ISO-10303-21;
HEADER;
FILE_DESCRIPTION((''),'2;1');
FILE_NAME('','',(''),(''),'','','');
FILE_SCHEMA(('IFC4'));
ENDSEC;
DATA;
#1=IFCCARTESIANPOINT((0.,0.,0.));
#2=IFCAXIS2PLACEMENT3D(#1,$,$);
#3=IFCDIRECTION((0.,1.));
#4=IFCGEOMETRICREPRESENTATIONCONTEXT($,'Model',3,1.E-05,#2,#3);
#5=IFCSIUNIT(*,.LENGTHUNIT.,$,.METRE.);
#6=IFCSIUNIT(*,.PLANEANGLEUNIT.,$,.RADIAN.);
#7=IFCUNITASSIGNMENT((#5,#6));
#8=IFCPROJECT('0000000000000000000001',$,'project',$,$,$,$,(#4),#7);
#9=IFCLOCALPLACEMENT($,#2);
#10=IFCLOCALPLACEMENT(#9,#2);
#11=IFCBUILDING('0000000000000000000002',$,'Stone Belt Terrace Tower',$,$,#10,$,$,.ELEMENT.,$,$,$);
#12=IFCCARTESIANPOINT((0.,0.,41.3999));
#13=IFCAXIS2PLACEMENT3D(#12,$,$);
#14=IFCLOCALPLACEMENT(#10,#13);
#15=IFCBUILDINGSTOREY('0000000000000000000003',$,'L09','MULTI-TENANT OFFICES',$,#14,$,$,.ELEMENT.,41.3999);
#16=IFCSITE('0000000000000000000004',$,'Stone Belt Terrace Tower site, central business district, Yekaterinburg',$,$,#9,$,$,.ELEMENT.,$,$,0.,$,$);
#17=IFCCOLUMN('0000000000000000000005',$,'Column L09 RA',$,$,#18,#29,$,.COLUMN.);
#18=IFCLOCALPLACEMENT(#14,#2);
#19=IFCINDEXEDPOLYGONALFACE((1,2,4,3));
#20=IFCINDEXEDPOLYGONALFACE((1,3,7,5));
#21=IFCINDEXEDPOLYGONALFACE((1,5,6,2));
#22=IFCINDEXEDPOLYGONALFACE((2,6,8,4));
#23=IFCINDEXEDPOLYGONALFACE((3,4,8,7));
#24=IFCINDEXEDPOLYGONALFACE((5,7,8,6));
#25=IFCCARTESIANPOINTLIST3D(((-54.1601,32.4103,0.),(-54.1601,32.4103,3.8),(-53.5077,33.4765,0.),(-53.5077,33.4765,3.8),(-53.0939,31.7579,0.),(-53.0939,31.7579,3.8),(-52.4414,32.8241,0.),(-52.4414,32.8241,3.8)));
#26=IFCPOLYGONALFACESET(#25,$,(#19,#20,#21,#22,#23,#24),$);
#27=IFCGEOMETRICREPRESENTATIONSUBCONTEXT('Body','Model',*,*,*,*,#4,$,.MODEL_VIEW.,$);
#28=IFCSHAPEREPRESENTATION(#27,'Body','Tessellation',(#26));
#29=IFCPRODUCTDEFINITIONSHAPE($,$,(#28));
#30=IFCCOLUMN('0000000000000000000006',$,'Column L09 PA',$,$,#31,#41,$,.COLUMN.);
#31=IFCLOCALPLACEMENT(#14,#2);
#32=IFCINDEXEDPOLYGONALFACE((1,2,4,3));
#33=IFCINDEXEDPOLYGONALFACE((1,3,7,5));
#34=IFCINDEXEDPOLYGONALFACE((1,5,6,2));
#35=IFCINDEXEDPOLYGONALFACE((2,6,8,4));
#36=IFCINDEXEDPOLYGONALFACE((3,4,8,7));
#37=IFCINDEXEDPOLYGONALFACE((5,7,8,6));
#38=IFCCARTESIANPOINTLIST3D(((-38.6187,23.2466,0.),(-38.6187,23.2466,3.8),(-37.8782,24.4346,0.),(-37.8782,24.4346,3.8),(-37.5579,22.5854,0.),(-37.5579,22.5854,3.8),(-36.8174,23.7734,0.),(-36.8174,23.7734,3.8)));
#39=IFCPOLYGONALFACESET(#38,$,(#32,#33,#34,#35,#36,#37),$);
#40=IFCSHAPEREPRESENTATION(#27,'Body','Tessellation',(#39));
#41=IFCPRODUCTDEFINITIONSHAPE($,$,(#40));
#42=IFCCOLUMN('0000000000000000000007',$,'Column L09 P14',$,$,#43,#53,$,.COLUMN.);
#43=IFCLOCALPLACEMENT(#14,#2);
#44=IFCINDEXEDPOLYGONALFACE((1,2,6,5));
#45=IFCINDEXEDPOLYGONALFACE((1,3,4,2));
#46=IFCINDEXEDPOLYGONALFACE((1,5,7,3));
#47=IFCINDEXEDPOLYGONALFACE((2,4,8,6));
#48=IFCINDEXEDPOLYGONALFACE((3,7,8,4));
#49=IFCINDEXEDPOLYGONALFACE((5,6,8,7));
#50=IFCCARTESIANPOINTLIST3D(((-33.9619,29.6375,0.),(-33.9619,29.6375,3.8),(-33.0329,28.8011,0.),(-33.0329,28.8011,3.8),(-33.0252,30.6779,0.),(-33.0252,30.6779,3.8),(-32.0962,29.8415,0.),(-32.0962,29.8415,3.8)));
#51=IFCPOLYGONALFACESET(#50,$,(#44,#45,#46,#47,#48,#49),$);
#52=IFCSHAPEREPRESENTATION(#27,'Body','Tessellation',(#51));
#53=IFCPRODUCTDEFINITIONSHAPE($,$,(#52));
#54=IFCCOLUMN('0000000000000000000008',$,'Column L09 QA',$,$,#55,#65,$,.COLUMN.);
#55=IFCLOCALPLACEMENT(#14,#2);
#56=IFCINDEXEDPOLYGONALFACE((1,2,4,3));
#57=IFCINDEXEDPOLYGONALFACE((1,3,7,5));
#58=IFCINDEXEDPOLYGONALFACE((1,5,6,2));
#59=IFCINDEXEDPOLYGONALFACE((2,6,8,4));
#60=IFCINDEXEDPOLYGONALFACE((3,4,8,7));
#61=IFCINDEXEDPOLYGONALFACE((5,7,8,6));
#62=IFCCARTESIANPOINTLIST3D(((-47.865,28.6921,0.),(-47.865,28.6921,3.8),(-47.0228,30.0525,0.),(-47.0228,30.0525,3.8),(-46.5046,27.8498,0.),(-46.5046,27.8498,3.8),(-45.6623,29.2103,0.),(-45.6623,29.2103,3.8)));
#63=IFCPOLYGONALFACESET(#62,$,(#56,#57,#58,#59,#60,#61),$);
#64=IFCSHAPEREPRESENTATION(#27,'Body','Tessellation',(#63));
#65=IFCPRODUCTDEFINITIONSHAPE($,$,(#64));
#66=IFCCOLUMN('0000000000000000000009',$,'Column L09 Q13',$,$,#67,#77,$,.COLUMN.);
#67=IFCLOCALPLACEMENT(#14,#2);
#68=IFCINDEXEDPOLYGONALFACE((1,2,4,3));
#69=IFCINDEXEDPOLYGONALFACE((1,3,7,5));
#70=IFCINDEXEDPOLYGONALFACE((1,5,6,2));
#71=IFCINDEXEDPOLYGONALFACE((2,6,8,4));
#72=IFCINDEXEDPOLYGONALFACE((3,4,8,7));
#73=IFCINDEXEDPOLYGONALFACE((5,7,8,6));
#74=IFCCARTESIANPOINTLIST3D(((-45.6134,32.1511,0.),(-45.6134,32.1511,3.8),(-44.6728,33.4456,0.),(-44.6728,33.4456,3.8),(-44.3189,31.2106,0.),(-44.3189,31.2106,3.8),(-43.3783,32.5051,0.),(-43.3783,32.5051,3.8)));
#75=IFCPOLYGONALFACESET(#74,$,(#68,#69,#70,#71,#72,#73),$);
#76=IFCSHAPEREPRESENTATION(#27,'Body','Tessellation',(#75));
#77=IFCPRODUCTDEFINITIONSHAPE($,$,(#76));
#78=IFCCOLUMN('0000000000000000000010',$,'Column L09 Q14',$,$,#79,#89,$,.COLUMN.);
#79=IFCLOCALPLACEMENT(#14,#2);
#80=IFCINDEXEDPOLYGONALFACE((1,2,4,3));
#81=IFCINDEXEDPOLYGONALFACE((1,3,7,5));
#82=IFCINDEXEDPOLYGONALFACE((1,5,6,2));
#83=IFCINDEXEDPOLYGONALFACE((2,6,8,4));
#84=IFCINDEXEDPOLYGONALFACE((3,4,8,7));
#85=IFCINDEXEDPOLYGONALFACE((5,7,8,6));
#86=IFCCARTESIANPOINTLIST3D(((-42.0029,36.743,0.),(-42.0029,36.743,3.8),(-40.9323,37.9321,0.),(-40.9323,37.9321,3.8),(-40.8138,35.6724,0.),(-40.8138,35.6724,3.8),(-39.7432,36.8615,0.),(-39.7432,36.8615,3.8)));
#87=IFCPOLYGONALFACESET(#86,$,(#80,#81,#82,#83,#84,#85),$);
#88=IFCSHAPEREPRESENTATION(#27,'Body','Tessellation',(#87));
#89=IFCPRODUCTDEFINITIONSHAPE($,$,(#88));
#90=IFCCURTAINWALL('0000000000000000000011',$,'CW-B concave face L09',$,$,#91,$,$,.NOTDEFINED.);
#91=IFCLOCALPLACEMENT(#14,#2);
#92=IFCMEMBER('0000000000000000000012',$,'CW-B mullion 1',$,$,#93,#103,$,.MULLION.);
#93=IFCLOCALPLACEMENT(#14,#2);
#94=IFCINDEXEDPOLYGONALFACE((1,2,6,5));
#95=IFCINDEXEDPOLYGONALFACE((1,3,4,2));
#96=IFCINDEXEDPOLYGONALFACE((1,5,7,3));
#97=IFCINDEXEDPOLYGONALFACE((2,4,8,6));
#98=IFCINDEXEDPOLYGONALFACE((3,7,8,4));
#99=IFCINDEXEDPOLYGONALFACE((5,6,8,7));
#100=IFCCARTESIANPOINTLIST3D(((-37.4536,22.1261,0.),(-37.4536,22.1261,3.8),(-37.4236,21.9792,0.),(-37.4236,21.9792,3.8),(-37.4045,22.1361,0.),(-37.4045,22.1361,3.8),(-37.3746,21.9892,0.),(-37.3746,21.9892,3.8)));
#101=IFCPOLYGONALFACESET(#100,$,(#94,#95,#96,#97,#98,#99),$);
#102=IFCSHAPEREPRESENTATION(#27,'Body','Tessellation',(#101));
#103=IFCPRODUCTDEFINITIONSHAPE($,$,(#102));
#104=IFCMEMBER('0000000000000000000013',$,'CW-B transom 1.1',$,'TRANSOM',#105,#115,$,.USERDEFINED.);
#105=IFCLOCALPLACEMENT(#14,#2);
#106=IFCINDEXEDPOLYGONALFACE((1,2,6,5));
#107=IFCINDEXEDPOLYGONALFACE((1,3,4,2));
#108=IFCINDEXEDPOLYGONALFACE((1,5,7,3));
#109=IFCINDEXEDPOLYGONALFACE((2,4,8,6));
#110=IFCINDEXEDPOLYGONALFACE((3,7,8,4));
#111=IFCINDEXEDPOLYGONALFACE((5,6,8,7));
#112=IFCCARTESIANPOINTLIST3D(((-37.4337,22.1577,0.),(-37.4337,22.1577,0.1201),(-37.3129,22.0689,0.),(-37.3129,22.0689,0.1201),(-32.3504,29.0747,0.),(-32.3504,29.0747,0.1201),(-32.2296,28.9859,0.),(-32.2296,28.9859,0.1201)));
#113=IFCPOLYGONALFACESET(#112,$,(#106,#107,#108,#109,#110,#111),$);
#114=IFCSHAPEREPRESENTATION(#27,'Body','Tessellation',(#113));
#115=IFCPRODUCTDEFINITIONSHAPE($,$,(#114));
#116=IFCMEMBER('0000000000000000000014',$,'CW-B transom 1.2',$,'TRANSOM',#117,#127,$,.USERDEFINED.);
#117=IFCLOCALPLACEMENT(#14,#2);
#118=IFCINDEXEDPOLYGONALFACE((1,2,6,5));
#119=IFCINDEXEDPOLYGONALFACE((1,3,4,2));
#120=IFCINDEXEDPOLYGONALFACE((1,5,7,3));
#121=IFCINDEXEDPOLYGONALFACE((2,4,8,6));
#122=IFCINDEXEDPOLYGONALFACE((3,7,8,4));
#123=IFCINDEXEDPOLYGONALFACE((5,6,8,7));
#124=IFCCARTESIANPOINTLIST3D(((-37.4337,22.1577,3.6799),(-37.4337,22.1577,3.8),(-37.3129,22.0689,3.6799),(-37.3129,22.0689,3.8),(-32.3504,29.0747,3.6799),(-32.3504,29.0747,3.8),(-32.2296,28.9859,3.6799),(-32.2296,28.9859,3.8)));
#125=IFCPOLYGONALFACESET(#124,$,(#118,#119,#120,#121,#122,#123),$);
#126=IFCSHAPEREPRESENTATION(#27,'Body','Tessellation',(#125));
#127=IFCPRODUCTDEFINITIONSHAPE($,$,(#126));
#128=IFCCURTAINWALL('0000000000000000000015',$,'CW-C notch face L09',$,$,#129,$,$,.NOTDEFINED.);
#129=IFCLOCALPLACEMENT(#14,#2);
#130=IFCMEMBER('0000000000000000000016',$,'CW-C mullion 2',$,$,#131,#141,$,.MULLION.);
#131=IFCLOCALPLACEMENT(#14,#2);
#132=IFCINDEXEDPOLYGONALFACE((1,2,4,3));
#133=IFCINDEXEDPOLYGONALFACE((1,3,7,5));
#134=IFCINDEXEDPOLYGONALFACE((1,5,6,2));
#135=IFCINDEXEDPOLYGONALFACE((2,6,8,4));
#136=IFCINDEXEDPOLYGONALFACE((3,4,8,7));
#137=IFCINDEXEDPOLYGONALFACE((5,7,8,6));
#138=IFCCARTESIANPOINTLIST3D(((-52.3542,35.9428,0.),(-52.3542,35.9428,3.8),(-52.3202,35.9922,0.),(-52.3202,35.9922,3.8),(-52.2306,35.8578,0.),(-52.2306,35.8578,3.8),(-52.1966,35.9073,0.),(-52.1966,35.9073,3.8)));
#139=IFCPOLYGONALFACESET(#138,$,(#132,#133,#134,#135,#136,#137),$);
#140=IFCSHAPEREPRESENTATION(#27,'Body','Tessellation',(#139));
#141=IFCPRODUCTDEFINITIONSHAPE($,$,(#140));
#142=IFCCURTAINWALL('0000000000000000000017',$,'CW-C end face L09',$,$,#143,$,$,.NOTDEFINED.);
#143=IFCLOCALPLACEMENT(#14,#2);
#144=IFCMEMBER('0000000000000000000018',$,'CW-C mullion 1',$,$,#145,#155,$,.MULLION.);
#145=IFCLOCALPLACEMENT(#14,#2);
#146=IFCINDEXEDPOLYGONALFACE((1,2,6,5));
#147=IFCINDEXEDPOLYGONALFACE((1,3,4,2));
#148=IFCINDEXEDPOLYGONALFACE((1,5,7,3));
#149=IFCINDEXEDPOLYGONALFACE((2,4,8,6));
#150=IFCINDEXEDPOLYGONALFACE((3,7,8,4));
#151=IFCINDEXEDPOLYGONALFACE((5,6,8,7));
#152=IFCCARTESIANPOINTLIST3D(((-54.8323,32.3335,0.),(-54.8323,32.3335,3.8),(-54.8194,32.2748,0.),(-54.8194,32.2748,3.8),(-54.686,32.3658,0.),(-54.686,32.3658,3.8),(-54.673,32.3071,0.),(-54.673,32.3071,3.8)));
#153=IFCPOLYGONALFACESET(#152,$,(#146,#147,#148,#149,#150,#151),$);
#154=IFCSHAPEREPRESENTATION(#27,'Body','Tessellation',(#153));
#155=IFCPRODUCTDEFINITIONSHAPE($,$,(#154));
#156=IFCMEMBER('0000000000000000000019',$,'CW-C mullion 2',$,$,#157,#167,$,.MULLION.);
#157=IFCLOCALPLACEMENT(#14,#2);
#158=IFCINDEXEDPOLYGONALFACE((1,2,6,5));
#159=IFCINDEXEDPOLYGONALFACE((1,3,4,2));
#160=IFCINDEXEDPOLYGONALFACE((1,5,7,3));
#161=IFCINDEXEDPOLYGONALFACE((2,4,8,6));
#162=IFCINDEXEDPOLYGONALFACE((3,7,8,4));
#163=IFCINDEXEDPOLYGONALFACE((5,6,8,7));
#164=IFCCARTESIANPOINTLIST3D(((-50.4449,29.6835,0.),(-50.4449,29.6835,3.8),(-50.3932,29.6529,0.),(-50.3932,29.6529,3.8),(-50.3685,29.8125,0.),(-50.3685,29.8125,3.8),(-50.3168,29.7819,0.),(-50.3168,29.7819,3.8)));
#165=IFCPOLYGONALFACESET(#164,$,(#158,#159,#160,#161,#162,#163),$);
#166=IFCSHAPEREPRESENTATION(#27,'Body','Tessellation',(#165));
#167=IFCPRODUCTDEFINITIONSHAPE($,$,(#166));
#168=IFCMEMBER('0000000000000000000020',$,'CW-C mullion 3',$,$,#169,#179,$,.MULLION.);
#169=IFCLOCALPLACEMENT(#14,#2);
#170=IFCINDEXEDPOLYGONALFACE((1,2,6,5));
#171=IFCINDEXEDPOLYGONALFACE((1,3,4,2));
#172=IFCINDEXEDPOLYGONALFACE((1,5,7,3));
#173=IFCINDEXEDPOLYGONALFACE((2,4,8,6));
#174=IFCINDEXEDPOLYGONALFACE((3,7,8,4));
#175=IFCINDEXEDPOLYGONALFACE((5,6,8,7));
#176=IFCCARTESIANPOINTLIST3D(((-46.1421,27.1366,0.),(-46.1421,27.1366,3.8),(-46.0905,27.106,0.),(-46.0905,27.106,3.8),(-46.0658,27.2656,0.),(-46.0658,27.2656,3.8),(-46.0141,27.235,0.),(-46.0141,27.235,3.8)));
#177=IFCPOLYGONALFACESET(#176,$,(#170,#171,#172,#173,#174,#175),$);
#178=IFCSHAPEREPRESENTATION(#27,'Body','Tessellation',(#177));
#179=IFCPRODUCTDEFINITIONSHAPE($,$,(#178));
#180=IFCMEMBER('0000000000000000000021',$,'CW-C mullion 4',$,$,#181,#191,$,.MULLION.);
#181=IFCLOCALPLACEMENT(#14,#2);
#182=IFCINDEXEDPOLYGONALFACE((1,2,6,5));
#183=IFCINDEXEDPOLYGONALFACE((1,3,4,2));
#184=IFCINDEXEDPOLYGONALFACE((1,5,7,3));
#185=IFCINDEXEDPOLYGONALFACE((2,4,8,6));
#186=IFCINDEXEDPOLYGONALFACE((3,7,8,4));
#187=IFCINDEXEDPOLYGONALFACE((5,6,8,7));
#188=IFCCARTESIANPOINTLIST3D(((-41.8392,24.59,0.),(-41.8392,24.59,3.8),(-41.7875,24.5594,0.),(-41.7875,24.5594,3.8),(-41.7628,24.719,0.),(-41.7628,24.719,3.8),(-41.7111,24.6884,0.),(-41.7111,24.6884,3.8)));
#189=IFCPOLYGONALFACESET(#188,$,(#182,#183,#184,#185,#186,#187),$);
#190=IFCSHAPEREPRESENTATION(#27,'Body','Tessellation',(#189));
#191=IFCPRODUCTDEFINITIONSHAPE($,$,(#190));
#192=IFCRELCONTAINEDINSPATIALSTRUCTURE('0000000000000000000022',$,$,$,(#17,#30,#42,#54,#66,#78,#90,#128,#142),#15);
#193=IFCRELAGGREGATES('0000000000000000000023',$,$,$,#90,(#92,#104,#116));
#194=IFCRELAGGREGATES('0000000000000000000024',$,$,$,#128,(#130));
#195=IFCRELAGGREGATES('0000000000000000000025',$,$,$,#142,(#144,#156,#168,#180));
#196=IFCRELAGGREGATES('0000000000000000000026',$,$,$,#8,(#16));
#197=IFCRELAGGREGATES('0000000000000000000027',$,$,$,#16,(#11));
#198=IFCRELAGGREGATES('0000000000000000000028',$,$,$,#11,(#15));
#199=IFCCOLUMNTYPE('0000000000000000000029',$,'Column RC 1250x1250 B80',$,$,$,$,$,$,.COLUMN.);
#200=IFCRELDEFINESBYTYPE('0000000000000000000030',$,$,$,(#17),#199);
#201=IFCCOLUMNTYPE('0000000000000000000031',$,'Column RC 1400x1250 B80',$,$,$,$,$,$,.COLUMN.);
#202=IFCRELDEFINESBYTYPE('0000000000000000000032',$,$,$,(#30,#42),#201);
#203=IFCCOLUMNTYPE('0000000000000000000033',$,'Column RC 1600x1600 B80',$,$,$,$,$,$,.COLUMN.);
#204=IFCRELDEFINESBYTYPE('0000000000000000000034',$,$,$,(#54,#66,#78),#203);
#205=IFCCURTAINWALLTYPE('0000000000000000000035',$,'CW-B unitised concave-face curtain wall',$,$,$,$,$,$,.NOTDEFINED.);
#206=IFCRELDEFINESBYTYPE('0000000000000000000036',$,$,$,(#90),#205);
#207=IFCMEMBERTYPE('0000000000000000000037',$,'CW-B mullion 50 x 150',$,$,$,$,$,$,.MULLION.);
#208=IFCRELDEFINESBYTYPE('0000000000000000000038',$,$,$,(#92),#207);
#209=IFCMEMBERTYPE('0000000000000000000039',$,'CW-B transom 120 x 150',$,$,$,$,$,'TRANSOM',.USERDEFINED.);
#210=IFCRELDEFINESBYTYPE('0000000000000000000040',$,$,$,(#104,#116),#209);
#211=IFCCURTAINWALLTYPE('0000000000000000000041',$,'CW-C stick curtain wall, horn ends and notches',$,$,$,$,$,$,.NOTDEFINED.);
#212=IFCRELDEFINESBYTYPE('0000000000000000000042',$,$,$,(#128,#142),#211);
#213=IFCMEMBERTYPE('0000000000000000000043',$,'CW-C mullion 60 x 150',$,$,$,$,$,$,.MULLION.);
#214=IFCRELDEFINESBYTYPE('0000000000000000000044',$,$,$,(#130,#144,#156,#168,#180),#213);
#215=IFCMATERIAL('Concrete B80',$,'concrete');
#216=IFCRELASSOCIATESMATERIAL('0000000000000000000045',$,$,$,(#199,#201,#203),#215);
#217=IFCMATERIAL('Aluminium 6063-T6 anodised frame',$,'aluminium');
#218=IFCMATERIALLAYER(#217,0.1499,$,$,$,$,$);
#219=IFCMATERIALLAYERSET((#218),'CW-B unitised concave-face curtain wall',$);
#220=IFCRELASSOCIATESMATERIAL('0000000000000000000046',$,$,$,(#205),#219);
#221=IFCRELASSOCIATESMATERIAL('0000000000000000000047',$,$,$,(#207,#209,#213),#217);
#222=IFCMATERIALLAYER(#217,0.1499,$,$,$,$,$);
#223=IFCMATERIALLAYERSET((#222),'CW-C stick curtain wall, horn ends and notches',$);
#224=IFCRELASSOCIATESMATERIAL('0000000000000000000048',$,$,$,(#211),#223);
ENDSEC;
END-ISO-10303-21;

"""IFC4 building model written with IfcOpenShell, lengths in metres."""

from ifc_helpers import new_model, si_unit, direction, frame, origin, origin_2d, place, context, subcontext, project, spatial, rectangle, extrude, material, layer, layer_set, material_profile, profile_set, type_object, element, aggregate, save


model = new_model("IFC4")

# Units and contexts
model_context = context("Model", 3, precision=1e-05, world=origin(), true_north=direction((0.0, 1.0)))
body_context = subcontext(model_context, "Body", "Model", "MODEL_VIEW")
ifc_project = project(units=[si_unit("LENGTHUNIT", "METRE"), si_unit("PLANEANGLEUNIT", "RADIAN")], contexts=[model_context])

# Site, building, storey
site_placement = place(None, origin())
site = spatial("IfcSite", under=ifc_project, at=site_placement, Name="Stone Belt Terrace Tower site, central business district, Yekaterinburg", CompositionType="ELEMENT", RefElevation=0.0)
building_placement = place(site_placement, origin())
building = spatial("IfcBuilding", under=site, at=building_placement, Name="Stone Belt Terrace Tower", CompositionType="ELEMENT")
storey_placement = place(building_placement, frame((0.0, 0.0, 41.3999)))
storey = spatial("IfcBuildingStorey", under=building, at=storey_placement, Name="L09", Description="MULTI-TENANT OFFICES", CompositionType="ELEMENT", Elevation=41.3999)

# Columns
ifc_material_1 = material(Name="Concrete B80", Category="concrete")
ifc_material_profile_1 = material_profile(ifc_material_1, rectangle(XDim=1.25, YDim=1.25, at=origin_2d()), Name="RC 1250x1250")
ifc_profile_set_1 = profile_set([ifc_material_profile_1], Name="Concrete B80")
column_type_1 = type_object("IfcColumnType", Name="Column RC 1250x1250 B80", PredefinedType="COLUMN", material=ifc_profile_set_1)
column_placement = place(storey_placement, frame((-53.3008, 32.6172, 0.0), z_axis=(0.0, 0.0, 1.0), x_axis=(0.521967, 0.852966, 0.0)))
element("IfcColumn", 1, at=column_placement, inside=storey, type_object=column_type_1, Name="Column L09 RA", PredefinedType="COLUMN", context=body_context, shape_type="SweptSolid", body=[
    extrude(rectangle(XDim=1.25, YDim=1.25, at=origin_2d()), origin(), (0.0, 0.0, 1.0), 3.8),
])
ifc_material_profile_2 = material_profile(ifc_material_1, rectangle(XDim=1.3999, YDim=1.25, at=origin_2d()), Name="RC 1400x1250")
ifc_profile_set_2 = profile_set([ifc_material_profile_2], Name="Concrete B80")
column_type_2 = type_object("IfcColumnType", Name="Column RC 1400x1250 B80", PredefinedType="COLUMN", material=ifc_profile_set_2)
for number, where, z_axis, x_axis, name in (
    (2, (-37.718, 23.51, 0.0), (0.0, 0.0, 1.0), (0.528967, 0.848642, 0.0), "Column L09 PA"),
    (3, (-33.0291, 29.7395, 0.0), (0.0, 0.0, 1.0), (0.669131, 0.743145, 0.0), "Column L09 P14"),
):
    element("IfcColumn", number, at=place(storey_placement, frame(where, z_axis=z_axis, x_axis=x_axis)), inside=storey, type_object=column_type_2, Name=name, PredefinedType="COLUMN", context=body_context, shape_type="SweptSolid", body=[
        extrude(rectangle(XDim=1.3999, YDim=1.25, at=origin_2d()), origin(), (0.0, 0.0, 1.0), 3.8),
    ])
ifc_material_profile_3 = material_profile(ifc_material_1, rectangle(XDim=1.6001, YDim=1.6001, at=origin_2d()), Name="RC 1600x1600")
ifc_profile_set_3 = profile_set([ifc_material_profile_3], Name="Concrete B80")
column_type_3 = type_object("IfcColumnType", Name="Column RC 1600x1600 B80", PredefinedType="COLUMN", material=ifc_profile_set_3)
for number, where, z_axis, x_axis, name in (
    (4, (-46.7637, 28.9512, 0.0), (0.0, 0.0, 1.0), (0.526383, 0.850248, 0.0), "Column L09 QA"),
    (5, (-44.4958, 32.3281, 0.0), (0.0, 0.0, 1.0), (0.587785, 0.809017, 0.0), "Column L09 Q13"),
    (6, (-40.873, 36.8022, 0.0), (0.0, 0.0, 1.0), (0.669131, 0.743145, 0.0), "Column L09 Q14"),
):
    element("IfcColumn", number, at=place(storey_placement, frame(where, z_axis=z_axis, x_axis=x_axis)), inside=storey, type_object=column_type_3, Name=name, PredefinedType="COLUMN", context=body_context, shape_type="SweptSolid", body=[
        extrude(rectangle(XDim=1.6001, YDim=1.6001, at=origin_2d()), origin(), (0.0, 0.0, 1.0), 3.8),
    ])

# Curtain wall, members
ifc_material_2 = material(Name="Aluminium 6063-T6 anodised frame", Category="aluminium")
ifc_layer_1 = layer(ifc_material_2, 0.1499)
ifc_layer_set_1 = layer_set([ifc_layer_1], Name="CW-B unitised concave-face curtain wall")
curtain_wall_type_1 = type_object("IfcCurtainWallType", Name="CW-B unitised concave-face curtain wall", PredefinedType="NOTDEFINED", material=ifc_layer_set_1)
curtain_wall_1_placement = place(storey_placement, origin())
curtain_wall_1 = element("IfcCurtainWall", 7, at=curtain_wall_1_placement, inside=storey, type_object=curtain_wall_type_1, Name="CW-B concave face L09", PredefinedType="NOTDEFINED")
ifc_material_profile_4 = material_profile(ifc_material_2, rectangle(XDim=0.1499, YDim=0.05, at=origin_2d()), Name="Aluminium 6063-T6 50x150")
ifc_profile_set_4 = profile_set([ifc_material_profile_4], Name="Aluminium 6063-T6 anodised frame")
member_type_1 = type_object("IfcMemberType", Name="CW-B mullion 50 x 150", PredefinedType="MULLION", material=ifc_profile_set_4)
member_1_placement = place(storey_placement, frame((-37.4141, 22.0576, 0.0), z_axis=(0.0, 0.0, 1.0), x_axis=(-0.199957, 0.979805, 0.0)))
member_1 = element("IfcMember", 8, at=member_1_placement, type_object=member_type_1, Name="CW-B mullion 1", PredefinedType="MULLION", context=body_context, shape_type="SweptSolid", body=[
    extrude(rectangle(XDim=0.1499, YDim=0.05, at=origin_2d()), origin(), (0.0, 0.0, 1.0), 3.8),
])
ifc_material_profile_5 = material_profile(ifc_material_2, rectangle(XDim=0.1499, YDim=0.1201, at=origin_2d()), Name="Aluminium 6063-T6 150x120")
ifc_profile_set_5 = profile_set([ifc_material_profile_5], Name="Aluminium 6063-T6 anodised frame")
member_type_2 = type_object("IfcMemberType", Name="CW-B transom 120 x 150", ElementType="TRANSOM", PredefinedType="USERDEFINED", material=ifc_profile_set_5)
member_2_placement = place(storey_placement, frame((-37.3733, 22.1133, 0.0601), z_axis=(0.592181, 0.805805, 0.0), x_axis=(-0.805805, 0.592181, 0.0)))
member_2 = element("IfcMember", 9, at=member_2_placement, type_object=member_type_2, Name="CW-B transom 1.1", ObjectType="TRANSOM", PredefinedType="USERDEFINED", context=body_context, shape_type="SweptSolid", body=[
    extrude(rectangle(XDim=0.1499, YDim=0.1201, at=origin_2d()), origin(), (0.0, 0.0, 1.0), 8.584),
])
member_3_placement = place(storey_placement, frame((-37.3733, 22.1133, 3.74), z_axis=(0.592181, 0.805805, 0.0), x_axis=(-0.805805, 0.592181, 0.0)))
member_3 = element("IfcMember", 10, at=member_3_placement, type_object=member_type_2, Name="CW-B transom 1.2", ObjectType="TRANSOM", PredefinedType="USERDEFINED", context=body_context, shape_type="SweptSolid", body=[
    extrude(rectangle(XDim=0.1499, YDim=0.1201, at=origin_2d()), origin(), (0.0, 0.0, 1.0), 8.584),
])

# Curtain wall, member
ifc_layer_2 = layer(ifc_material_2, 0.1499)
ifc_layer_set_2 = layer_set([ifc_layer_2], Name="CW-C stick curtain wall, horn ends and notches")
curtain_wall_type_2 = type_object("IfcCurtainWallType", Name="CW-C stick curtain wall, horn ends and notches", PredefinedType="NOTDEFINED", material=ifc_layer_set_2)
curtain_wall_2_placement = place(storey_placement, origin())
curtain_wall_2 = element("IfcCurtainWall", 11, at=curtain_wall_2_placement, inside=storey, type_object=curtain_wall_type_2, Name="CW-C notch face L09", PredefinedType="NOTDEFINED")
ifc_material_profile_6 = material_profile(ifc_material_2, rectangle(XDim=0.1499, YDim=0.0601, at=origin_2d()), Name="Aluminium 6063-T6 60x150")
ifc_profile_set_6 = profile_set([ifc_material_profile_6], Name="Aluminium 6063-T6 anodised frame")
member_type_3 = type_object("IfcMemberType", Name="CW-C mullion 60 x 150", PredefinedType="MULLION", material=ifc_profile_set_6)
member_4_placement = place(storey_placement, frame((-52.2754, 35.925, 0.0), z_axis=(0.0, 0.0, 1.0), x_axis=(0.824147, -0.566376, 0.0)))
member_4 = element("IfcMember", 12, at=member_4_placement, type_object=member_type_3, Name="CW-C mullion 2", PredefinedType="MULLION", context=body_context, shape_type="SweptSolid", body=[
    extrude(rectangle(XDim=0.1499, YDim=0.0601, at=origin_2d()), origin(), (0.0, 0.0, 1.0), 3.8),
])

# Curtain wall, members
curtain_wall_3_placement = place(storey_placement, origin())
curtain_wall_3 = element("IfcCurtainWall", 13, at=curtain_wall_3_placement, inside=storey, type_object=curtain_wall_type_2, Name="CW-C end face L09", PredefinedType="NOTDEFINED")
member_5_placement = place(storey_placement, frame((-54.7527, 32.3203, 0.0), z_axis=(0.0, 0.0, 1.0), x_axis=(0.97652, 0.215429, 0.0)))
member_5 = element("IfcMember", 14, at=member_5_placement, type_object=member_type_3, Name="CW-C mullion 1", PredefinedType="MULLION", context=body_context, shape_type="SweptSolid", body=[
    extrude(rectangle(XDim=0.1499, YDim=0.0601, at=origin_2d()), origin(), (0.0, 0.0, 1.0), 3.8),
])
member_6_placement = place(storey_placement, frame((-50.3809, 29.7327, 0.0), z_axis=(0.0, 0.0, 1.0), x_axis=(0.509353, 0.860558, 0.0)))
member_6 = element("IfcMember", 15, at=member_6_placement, type_object=member_type_3, Name="CW-C mullion 2", PredefinedType="MULLION", context=body_context, shape_type="SweptSolid", body=[
    extrude(rectangle(XDim=0.1499, YDim=0.0601, at=origin_2d()), origin(), (0.0, 0.0, 1.0), 3.8),
])
member_7_placement = place(storey_placement, frame((-46.0781, 27.1858, 0.0), z_axis=(0.0, 0.0, 1.0), x_axis=(0.509353, 0.860558, 0.0)))
member_7 = element("IfcMember", 16, at=member_7_placement, type_object=member_type_3, Name="CW-C mullion 3", PredefinedType="MULLION", context=body_context, shape_type="SweptSolid", body=[
    extrude(rectangle(XDim=0.1499, YDim=0.0601, at=origin_2d()), origin(), (0.0, 0.0, 1.0), 3.8),
])
member_8_placement = place(storey_placement, frame((-41.7751, 24.6392, 0.0), z_axis=(0.0, 0.0, 1.0), x_axis=(0.509353, 0.860558, 0.0)))
member_8 = element("IfcMember", 17, at=member_8_placement, type_object=member_type_3, Name="CW-C mullion 4", PredefinedType="MULLION", context=body_context, shape_type="SweptSolid", body=[
    extrude(rectangle(XDim=0.1499, YDim=0.0601, at=origin_2d()), origin(), (0.0, 0.0, 1.0), 3.8),
])

aggregate(curtain_wall_1, [member_1, member_2, member_3])
aggregate(curtain_wall_2, [member_4])
aggregate(curtain_wall_3, [member_5, member_6, member_7, member_8])

save(model, "model.ifc")
